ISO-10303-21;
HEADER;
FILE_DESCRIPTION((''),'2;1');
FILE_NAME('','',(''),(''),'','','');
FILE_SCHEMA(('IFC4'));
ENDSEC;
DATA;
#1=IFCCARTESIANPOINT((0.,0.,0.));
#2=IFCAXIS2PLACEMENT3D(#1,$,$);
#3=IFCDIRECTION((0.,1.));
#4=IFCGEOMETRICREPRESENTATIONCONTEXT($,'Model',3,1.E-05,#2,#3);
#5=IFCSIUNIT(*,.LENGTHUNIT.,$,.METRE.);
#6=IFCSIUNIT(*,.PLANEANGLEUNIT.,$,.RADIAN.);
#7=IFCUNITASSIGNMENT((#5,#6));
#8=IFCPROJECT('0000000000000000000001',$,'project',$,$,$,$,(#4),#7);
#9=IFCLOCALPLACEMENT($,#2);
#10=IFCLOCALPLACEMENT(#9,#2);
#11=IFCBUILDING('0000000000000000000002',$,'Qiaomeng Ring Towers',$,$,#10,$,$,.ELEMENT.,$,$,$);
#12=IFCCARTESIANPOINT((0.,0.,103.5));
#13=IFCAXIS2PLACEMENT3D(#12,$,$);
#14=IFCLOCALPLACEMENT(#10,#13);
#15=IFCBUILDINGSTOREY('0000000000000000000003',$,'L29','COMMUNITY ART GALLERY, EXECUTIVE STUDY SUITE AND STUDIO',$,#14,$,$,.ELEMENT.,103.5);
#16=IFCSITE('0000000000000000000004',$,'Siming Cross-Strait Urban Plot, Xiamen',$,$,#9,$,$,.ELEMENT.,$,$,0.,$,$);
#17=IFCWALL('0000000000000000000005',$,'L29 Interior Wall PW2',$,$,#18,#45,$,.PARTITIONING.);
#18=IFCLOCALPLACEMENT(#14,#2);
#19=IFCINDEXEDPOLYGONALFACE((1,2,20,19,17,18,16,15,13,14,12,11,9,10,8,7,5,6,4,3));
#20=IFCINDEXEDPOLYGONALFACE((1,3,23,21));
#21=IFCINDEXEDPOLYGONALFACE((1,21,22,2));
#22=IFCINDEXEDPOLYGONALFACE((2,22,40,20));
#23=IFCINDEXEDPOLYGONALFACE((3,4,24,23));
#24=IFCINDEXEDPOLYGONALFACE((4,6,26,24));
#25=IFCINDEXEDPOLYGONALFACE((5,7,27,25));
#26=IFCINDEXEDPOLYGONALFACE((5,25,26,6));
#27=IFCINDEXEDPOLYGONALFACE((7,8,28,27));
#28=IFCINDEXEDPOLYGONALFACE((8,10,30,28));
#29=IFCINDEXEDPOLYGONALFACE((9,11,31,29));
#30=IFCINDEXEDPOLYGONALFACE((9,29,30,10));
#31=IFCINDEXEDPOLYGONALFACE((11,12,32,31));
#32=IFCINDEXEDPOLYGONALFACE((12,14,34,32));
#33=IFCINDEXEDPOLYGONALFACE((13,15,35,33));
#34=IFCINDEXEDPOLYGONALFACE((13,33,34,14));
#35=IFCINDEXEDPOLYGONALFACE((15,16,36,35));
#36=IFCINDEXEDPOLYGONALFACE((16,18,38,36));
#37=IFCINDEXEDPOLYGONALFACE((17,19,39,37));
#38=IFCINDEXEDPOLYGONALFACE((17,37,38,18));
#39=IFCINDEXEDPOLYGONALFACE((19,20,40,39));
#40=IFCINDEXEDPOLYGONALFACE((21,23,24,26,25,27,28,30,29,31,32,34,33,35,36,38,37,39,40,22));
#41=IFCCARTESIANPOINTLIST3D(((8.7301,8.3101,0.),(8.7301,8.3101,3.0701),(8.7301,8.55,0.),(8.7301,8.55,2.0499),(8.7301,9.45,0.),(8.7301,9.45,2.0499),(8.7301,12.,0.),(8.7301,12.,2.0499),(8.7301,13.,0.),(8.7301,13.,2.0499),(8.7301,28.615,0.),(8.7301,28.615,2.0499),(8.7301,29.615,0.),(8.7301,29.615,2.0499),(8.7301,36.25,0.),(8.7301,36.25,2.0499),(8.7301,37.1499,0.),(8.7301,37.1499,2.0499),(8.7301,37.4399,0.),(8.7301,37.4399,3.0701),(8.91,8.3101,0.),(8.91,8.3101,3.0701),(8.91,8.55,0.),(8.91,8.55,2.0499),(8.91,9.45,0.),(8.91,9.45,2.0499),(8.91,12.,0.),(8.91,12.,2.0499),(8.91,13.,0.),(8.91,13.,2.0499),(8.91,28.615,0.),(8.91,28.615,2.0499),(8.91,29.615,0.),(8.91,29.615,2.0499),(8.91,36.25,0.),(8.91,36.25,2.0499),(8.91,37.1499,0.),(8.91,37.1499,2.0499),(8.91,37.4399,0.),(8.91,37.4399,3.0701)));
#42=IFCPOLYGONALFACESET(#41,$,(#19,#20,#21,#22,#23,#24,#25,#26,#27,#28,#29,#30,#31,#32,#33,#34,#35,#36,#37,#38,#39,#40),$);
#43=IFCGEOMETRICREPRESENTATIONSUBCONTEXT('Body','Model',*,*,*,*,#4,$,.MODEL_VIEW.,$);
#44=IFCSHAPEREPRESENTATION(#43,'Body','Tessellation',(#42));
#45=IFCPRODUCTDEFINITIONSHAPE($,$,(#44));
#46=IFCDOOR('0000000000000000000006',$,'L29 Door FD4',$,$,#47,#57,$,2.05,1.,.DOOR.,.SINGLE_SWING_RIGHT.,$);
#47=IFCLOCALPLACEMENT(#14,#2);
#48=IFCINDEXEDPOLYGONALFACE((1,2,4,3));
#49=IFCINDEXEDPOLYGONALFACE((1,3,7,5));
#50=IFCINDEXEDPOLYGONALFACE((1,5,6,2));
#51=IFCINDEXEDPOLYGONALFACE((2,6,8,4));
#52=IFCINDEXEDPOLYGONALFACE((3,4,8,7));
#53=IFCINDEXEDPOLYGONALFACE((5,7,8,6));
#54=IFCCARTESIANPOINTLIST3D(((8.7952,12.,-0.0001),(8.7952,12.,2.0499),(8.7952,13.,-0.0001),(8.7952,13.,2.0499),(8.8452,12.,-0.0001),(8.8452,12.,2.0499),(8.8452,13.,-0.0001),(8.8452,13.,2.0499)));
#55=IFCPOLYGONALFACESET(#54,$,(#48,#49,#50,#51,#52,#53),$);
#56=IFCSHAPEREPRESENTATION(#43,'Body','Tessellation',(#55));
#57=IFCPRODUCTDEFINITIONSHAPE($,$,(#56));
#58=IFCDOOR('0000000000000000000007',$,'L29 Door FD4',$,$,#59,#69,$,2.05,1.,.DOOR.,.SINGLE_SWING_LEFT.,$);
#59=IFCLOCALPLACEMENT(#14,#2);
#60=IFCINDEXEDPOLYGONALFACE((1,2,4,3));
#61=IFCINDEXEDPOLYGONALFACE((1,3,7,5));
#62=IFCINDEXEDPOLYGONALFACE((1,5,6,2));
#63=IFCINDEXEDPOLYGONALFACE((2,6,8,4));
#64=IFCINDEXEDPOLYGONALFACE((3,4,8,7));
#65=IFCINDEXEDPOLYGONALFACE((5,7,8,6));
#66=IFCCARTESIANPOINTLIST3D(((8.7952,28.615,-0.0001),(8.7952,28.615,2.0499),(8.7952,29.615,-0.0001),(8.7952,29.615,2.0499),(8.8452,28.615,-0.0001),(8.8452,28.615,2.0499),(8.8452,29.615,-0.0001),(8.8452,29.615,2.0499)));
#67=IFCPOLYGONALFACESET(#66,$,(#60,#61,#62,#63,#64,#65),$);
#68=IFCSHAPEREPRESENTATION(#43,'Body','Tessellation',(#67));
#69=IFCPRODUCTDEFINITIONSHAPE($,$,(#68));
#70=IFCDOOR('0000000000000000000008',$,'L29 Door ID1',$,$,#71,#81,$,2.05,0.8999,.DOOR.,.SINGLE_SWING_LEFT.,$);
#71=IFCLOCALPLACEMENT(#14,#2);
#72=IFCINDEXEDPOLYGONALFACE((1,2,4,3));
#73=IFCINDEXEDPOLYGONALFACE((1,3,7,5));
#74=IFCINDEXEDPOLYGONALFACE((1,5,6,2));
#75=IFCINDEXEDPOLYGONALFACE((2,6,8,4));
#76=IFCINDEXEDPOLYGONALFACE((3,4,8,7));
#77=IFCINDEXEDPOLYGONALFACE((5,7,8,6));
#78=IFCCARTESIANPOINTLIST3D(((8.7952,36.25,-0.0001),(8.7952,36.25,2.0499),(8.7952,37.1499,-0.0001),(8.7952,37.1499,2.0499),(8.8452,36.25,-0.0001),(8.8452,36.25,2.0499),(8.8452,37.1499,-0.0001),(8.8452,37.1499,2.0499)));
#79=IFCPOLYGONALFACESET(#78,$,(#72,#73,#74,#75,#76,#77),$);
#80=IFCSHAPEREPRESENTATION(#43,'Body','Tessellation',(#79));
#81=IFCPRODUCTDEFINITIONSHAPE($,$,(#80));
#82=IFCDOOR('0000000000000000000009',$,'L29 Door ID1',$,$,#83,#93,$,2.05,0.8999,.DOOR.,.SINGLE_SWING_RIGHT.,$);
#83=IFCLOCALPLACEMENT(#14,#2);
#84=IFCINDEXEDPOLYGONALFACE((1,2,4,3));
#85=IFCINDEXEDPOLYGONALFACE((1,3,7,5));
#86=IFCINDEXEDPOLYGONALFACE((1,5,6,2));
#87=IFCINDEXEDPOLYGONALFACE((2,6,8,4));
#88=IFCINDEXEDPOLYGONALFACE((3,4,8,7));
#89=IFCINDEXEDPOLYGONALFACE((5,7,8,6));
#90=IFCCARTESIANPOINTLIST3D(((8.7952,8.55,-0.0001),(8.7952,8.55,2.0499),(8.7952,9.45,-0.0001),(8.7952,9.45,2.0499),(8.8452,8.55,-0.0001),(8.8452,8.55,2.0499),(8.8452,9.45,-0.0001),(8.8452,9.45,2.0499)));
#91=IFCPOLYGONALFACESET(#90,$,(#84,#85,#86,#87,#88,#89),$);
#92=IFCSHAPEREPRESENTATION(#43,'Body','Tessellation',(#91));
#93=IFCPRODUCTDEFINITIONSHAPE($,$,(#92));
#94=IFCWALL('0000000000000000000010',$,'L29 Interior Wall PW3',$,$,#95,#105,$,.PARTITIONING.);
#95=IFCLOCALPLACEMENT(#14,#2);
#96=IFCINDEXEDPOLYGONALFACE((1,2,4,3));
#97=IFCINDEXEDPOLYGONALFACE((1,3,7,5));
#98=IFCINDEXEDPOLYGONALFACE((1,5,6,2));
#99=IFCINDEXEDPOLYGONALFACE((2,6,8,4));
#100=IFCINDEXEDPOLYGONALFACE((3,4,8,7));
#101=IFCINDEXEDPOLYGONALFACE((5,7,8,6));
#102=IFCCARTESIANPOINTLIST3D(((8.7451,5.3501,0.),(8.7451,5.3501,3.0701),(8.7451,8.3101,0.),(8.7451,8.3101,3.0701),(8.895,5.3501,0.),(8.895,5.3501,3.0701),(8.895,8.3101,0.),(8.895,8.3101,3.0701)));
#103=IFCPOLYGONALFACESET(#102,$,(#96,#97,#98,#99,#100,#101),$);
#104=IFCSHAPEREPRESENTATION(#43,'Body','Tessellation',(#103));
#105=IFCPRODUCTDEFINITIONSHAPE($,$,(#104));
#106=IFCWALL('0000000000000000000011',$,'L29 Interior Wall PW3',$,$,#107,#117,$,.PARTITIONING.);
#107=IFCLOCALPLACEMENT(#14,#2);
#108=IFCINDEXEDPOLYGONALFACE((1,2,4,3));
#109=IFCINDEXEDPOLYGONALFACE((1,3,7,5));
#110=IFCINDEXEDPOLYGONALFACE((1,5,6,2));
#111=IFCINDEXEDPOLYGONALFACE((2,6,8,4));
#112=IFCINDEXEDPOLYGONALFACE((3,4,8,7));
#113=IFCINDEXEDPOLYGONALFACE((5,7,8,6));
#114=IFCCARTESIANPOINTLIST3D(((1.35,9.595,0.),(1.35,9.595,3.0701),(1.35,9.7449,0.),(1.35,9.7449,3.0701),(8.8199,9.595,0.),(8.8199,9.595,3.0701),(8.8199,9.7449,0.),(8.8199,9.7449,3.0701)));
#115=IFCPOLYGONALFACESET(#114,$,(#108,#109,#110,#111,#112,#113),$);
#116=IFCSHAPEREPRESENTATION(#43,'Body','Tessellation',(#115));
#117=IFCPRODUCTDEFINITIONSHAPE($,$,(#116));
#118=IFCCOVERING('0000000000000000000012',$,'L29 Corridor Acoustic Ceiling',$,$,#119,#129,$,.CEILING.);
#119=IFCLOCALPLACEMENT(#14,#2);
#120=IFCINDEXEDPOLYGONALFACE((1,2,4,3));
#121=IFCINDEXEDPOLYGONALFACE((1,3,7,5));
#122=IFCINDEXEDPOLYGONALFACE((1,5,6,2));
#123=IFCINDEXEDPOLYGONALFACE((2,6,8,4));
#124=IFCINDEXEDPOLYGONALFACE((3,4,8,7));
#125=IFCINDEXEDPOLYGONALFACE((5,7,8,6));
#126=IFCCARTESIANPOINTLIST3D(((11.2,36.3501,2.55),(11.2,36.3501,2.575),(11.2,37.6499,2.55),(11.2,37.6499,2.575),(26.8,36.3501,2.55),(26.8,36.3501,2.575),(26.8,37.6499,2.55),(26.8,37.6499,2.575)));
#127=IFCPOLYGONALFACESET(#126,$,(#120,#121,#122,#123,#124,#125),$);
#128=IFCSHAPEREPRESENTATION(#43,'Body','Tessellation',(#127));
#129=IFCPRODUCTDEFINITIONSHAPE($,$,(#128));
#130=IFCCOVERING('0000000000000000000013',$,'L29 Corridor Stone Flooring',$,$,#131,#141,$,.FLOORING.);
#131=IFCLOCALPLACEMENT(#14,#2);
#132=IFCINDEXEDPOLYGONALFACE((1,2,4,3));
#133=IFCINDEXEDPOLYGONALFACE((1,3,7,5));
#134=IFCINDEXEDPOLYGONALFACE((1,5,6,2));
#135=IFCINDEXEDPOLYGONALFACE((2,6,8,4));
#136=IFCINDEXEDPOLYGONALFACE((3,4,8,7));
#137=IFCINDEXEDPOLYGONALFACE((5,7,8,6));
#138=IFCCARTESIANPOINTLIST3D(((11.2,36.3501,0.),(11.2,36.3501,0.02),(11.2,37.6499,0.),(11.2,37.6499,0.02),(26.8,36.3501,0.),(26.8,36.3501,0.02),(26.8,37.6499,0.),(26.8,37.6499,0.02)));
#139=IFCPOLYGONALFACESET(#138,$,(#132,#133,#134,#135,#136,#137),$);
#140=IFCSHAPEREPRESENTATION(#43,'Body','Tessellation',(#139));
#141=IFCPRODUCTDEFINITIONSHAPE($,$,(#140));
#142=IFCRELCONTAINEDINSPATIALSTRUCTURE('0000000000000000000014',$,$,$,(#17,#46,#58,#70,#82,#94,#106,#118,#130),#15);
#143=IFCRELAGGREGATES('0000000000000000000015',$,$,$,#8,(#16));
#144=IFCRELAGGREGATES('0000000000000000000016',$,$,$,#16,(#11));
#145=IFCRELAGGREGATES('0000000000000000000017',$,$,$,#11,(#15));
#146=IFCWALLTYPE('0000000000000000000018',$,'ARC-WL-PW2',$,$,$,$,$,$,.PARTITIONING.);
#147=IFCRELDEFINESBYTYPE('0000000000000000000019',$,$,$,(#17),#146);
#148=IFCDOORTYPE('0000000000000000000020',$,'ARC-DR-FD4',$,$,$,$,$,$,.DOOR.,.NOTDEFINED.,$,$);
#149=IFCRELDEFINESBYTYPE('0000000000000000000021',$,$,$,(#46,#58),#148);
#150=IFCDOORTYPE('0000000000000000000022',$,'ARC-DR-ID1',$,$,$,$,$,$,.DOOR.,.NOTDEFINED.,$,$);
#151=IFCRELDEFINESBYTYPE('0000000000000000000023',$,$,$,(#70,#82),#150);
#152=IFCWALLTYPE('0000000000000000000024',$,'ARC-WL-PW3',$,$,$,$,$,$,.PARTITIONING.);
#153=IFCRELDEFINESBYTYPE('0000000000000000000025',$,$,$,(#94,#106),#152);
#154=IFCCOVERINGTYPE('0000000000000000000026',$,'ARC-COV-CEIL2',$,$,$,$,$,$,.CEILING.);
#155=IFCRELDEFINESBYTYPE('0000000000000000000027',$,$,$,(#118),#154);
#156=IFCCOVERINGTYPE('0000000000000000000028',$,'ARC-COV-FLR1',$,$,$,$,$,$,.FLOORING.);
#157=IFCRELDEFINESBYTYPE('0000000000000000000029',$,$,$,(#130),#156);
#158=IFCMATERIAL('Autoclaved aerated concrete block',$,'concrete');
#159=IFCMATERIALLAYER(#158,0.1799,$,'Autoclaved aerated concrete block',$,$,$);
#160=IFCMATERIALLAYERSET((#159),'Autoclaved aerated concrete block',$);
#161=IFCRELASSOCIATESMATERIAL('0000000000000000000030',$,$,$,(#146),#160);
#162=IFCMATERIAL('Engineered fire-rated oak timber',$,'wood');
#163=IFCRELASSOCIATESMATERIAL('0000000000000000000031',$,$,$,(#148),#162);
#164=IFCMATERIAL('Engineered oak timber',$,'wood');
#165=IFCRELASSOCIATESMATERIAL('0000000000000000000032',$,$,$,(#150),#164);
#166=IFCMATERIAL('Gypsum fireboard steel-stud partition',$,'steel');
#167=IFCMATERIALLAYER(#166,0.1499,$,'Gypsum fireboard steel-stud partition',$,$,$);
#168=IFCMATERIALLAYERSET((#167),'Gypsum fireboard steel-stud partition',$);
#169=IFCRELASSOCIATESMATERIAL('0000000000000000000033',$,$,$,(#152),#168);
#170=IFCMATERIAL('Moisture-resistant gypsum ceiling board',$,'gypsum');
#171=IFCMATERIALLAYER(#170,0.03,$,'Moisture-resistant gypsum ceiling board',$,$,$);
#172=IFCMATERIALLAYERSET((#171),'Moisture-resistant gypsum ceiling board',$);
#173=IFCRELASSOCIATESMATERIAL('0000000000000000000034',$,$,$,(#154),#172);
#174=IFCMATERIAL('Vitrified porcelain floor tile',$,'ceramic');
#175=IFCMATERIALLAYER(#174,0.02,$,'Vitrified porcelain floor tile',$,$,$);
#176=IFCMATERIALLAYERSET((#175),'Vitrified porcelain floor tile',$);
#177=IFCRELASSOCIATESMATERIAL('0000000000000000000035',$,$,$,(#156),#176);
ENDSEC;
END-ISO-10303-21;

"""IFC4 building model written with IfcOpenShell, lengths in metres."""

from ifc_helpers import new_model, si_unit, direction, frame, frame_2d, origin, place, context, subcontext, project, spatial, polyline, rectangle, outline, extrude, source, transform, mapped, material, layer, layer_set, type_object, element, fill, save


model = new_model("IFC4")

# Units and contexts
model_context = context("Model", 3, precision=1e-05, world=origin(), true_north=direction((0.0, 1.0)))
body_context = subcontext(model_context, "Body", "Model", "MODEL_VIEW")
ifc_project = project(units=[si_unit("LENGTHUNIT", "METRE"), si_unit("PLANEANGLEUNIT", "RADIAN")], contexts=[model_context])

# Site, building, storey
site_placement = place(None, origin())
site = spatial("IfcSite", under=ifc_project, at=site_placement, Name="Siming Cross-Strait Urban Plot, Xiamen", CompositionType="ELEMENT", RefElevation=0.0)
building_placement = place(site_placement, origin())
building = spatial("IfcBuilding", under=site, at=building_placement, Name="Qiaomeng Ring Towers", CompositionType="ELEMENT")
storey_placement = place(building_placement, frame((0.0, 0.0, 103.5)))
storey = spatial("IfcBuildingStorey", under=building, at=storey_placement, Name="L29", Description="COMMUNITY ART GALLERY, EXECUTIVE STUDY SUITE AND STUDIO", CompositionType="ELEMENT", Elevation=103.5)

# Wall, openings, doors
ifc_material_1 = material(Name="Autoclaved aerated concrete block", Category="concrete")
ifc_layer_1 = layer(ifc_material_1, 0.1799, Name="Autoclaved aerated concrete block")
ifc_layer_set_1 = layer_set([ifc_layer_1], Name="Autoclaved aerated concrete block")
wall_type_1 = type_object("IfcWallType", Name="ARC-WL-PW2", PredefinedType="PARTITIONING", material=ifc_layer_set_1)
ifc_material_2 = material(Name="Engineered fire-rated oak timber", Category="wood")
door_type_1 = type_object("IfcDoorType", Name="ARC-DR-FD4", OperationType="NOTDEFINED", PredefinedType="DOOR", material=ifc_material_2)
shared_shape_1 = source(origin(), body_context, "Body", "SweptSolid", [
    extrude(rectangle(XDim=1.0, YDim=2.05, at=frame_2d((0.5, 1.0249))), frame((0.0, 0.0249, 0.0), z_axis=(0.0, -1.0, 0.0), x_axis=(1.0, 0.0, 0.0)), (0.0, 0.0, 1.0), 0.05),
])
wall_1_placement = place(storey_placement, frame((8.8201, 8.3101, 0.0), z_axis=(0.0, 0.0, 1.0), x_axis=(0.0, 1.0, 0.0)))
wall_1 = element("IfcWall", 1, at=wall_1_placement, inside=storey, type_object=wall_type_1, Name="L29 Interior Wall PW2", PredefinedType="PARTITIONING", context=body_context, shape_type="SweptSolid", body=[
    extrude(rectangle(XDim=29.1299, YDim=0.1799, at=frame_2d((14.5649, 0.0))), origin(), (0.0, 0.0, 1.0), 3.0701),
])
opening_1_placement = place(wall_1_placement, frame((27.9399, 0.0, 0.0)))
opening_1 = element("IfcOpeningElement", 2, at=opening_1_placement, cuts=wall_1, PredefinedType="OPENING", context=body_context, shape_type="SweptSolid", body=[
    extrude(rectangle(XDim=0.8999, YDim=2.05, at=frame_2d((0.45, 1.0249))), frame((0.0, 0.0999, 0.0), z_axis=(0.0, -1.0, 0.0), x_axis=(1.0, 0.0, 0.0)), (0.0, 0.0, 1.0), 0.2),
])
opening_2_placement = place(wall_1_placement, frame((0.24, 0.0, 0.0)))
opening_2 = element("IfcOpeningElement", 3, at=opening_2_placement, cuts=wall_1, PredefinedType="OPENING", context=body_context, shape_type="SweptSolid", body=[
    extrude(rectangle(XDim=0.8999, YDim=2.05, at=frame_2d((0.45, 1.0249))), frame((0.0, 0.0999, 0.0), z_axis=(0.0, -1.0, 0.0), x_axis=(1.0, 0.0, 0.0)), (0.0, 0.0, 1.0), 0.2),
])
opening_3_placement = place(wall_1_placement, frame((3.6899, 0.0, 0.0)))
opening_3 = element("IfcOpeningElement", 4, at=opening_3_placement, cuts=wall_1, PredefinedType="OPENING", context=body_context, shape_type="SweptSolid", body=[
    extrude(rectangle(XDim=1.0, YDim=2.05, at=frame_2d((0.5, 1.0249))), frame((0.0, 0.0999, 0.0), z_axis=(0.0, -1.0, 0.0), x_axis=(1.0, 0.0, 0.0)), (0.0, 0.0, 1.0), 0.2),
])
opening_4_placement = place(wall_1_placement, frame((20.3049, 0.0, 0.0)))
opening_4 = element("IfcOpeningElement", 5, at=opening_4_placement, cuts=wall_1, PredefinedType="OPENING", context=body_context, shape_type="SweptSolid", body=[
    extrude(rectangle(XDim=1.0, YDim=2.05, at=frame_2d((0.5, 1.0249))), frame((0.0, 0.0999, 0.0), z_axis=(0.0, -1.0, 0.0), x_axis=(1.0, 0.0, 0.0)), (0.0, 0.0, 1.0), 0.2),
])
door_1_placement = place(opening_3_placement, origin())
door_1 = element("IfcDoor", 6, at=door_1_placement, inside=storey, type_object=door_type_1, Name="L29 Door FD4", OperationType="SINGLE_SWING_RIGHT", OverallHeight=2.05, OverallWidth=1.0, PredefinedType="DOOR", context=body_context, shape_type="MappedRepresentation", body=[
    mapped(shared_shape_1, transform((0.0, 0.0, 0.0), x_axis=(1.0, 0.0, 0.0), y_axis=(0.0, 1.0, 0.0), z_axis=(0.0, 0.0, 1.0), scale=1.0)),
])
fill(opening_3, door_1)
door_2_placement = place(opening_4_placement, origin())
door_2 = element("IfcDoor", 7, at=door_2_placement, inside=storey, type_object=door_type_1, Name="L29 Door FD4", OperationType="SINGLE_SWING_LEFT", OverallHeight=2.05, OverallWidth=1.0, PredefinedType="DOOR", context=body_context, shape_type="MappedRepresentation", body=[
    mapped(shared_shape_1, transform((0.0, 0.0, 0.0), x_axis=(1.0, 0.0, 0.0), y_axis=(0.0, 1.0, 0.0), z_axis=(0.0, 0.0, 1.0), scale=1.0)),
])
fill(opening_4, door_2)
ifc_material_3 = material(Name="Engineered oak timber", Category="wood")
door_type_2 = type_object("IfcDoorType", Name="ARC-DR-ID1", OperationType="NOTDEFINED", PredefinedType="DOOR", material=ifc_material_3)
shared_shape_2 = source(origin(), body_context, "Body", "SweptSolid", [
    extrude(rectangle(XDim=0.8999, YDim=2.05, at=frame_2d((0.45, 1.0249))), frame((0.0, 0.0249, 0.0), z_axis=(0.0, -1.0, 0.0), x_axis=(1.0, 0.0, 0.0)), (0.0, 0.0, 1.0), 0.05),
])
door_3_placement = place(opening_1_placement, origin())
door_3 = element("IfcDoor", 8, at=door_3_placement, inside=storey, type_object=door_type_2, Name="L29 Door ID1", OperationType="SINGLE_SWING_LEFT", OverallHeight=2.05, OverallWidth=0.8999, PredefinedType="DOOR", context=body_context, shape_type="MappedRepresentation", body=[
    mapped(shared_shape_2, transform((0.0, 0.0, 0.0), x_axis=(1.0, 0.0, 0.0), y_axis=(0.0, 1.0, 0.0), z_axis=(0.0, 0.0, 1.0), scale=1.0)),
])
fill(opening_1, door_3)
door_4_placement = place(opening_2_placement, origin())
door_4 = element("IfcDoor", 9, at=door_4_placement, inside=storey, type_object=door_type_2, Name="L29 Door ID1", OperationType="SINGLE_SWING_RIGHT", OverallHeight=2.05, OverallWidth=0.8999, PredefinedType="DOOR", context=body_context, shape_type="MappedRepresentation", body=[
    mapped(shared_shape_2, transform((0.0, 0.0, 0.0), x_axis=(1.0, 0.0, 0.0), y_axis=(0.0, 1.0, 0.0), z_axis=(0.0, 0.0, 1.0), scale=1.0)),
])
fill(opening_2, door_4)

# Walls
ifc_material_4 = material(Name="Gypsum fireboard steel-stud partition", Category="steel")
ifc_layer_2 = layer(ifc_material_4, 0.1499, Name="Gypsum fireboard steel-stud partition")
ifc_layer_set_2 = layer_set([ifc_layer_2], Name="Gypsum fireboard steel-stud partition")
wall_type_2 = type_object("IfcWallType", Name="ARC-WL-PW3", PredefinedType="PARTITIONING", material=ifc_layer_set_2)
wall_2_placement = place(storey_placement, frame((8.8201, 5.3501, 0.0), z_axis=(0.0, 0.0, 1.0), x_axis=(0.0, 1.0, 0.0)))
element("IfcWall", 10, at=wall_2_placement, inside=storey, type_object=wall_type_2, Name="L29 Interior Wall PW3", PredefinedType="PARTITIONING", context=body_context, shape_type="SweptSolid", body=[
    extrude(rectangle(XDim=2.96, YDim=0.1499, at=frame_2d((1.48, 0.0))), origin(), (0.0, 0.0, 1.0), 3.0701),
])
wall_3_placement = place(storey_placement, frame((1.3501, 9.6699, 0.0), z_axis=(0.0, 0.0, 1.0), x_axis=(1.0, 0.0, 0.0)))
element("IfcWall", 11, at=wall_3_placement, inside=storey, type_object=wall_type_2, Name="L29 Interior Wall PW3", PredefinedType="PARTITIONING", context=body_context, shape_type="SweptSolid", body=[
    extrude(rectangle(XDim=7.47, YDim=0.1499, at=frame_2d((3.7349, 0.0))), origin(), (0.0, 0.0, 1.0), 3.0701),
])

# Coverings
ifc_material_5 = material(Name="Moisture-resistant gypsum ceiling board", Category="gypsum")
ifc_layer_3 = layer(ifc_material_5, 0.03, Name="Moisture-resistant gypsum ceiling board")
ifc_layer_set_3 = layer_set([ifc_layer_3], Name="Moisture-resistant gypsum ceiling board")
covering_type_1 = type_object("IfcCoveringType", Name="ARC-COV-CEIL2", PredefinedType="CEILING", material=ifc_layer_set_3)
covering_1_placement = place(storey_placement, frame((0.0, 0.0, 2.55)))
element("IfcCovering", 12, at=covering_1_placement, inside=storey, type_object=covering_type_1, Name="L29 Corridor Acoustic Ceiling", PredefinedType="CEILING", context=body_context, shape_type="SweptSolid", body=[
    extrude(outline(polyline([(11.2, 36.3501), (11.2, 37.6499), (26.8, 37.6499), (26.8, 36.3501), (11.2, 36.3501)])), origin(), (0.0, 0.0, 1.0), 0.0249),
])
ifc_material_6 = material(Name="Vitrified porcelain floor tile", Category="ceramic")
ifc_layer_4 = layer(ifc_material_6, 0.02, Name="Vitrified porcelain floor tile")
ifc_layer_set_4 = layer_set([ifc_layer_4], Name="Vitrified porcelain floor tile")
covering_type_2 = type_object("IfcCoveringType", Name="ARC-COV-FLR1", PredefinedType="FLOORING", material=ifc_layer_set_4)
covering_2_placement = place(storey_placement, origin())
element("IfcCovering", 13, at=covering_2_placement, inside=storey, type_object=covering_type_2, Name="L29 Corridor Stone Flooring", PredefinedType="FLOORING", context=body_context, shape_type="SweptSolid", body=[
    extrude(outline(polyline([(11.2, 36.3501), (11.2, 37.6499), (26.8, 37.6499), (26.8, 36.3501), (11.2, 36.3501)])), origin(), (0.0, 0.0, 1.0), 0.02),
])

save(model, "model.ifc")
